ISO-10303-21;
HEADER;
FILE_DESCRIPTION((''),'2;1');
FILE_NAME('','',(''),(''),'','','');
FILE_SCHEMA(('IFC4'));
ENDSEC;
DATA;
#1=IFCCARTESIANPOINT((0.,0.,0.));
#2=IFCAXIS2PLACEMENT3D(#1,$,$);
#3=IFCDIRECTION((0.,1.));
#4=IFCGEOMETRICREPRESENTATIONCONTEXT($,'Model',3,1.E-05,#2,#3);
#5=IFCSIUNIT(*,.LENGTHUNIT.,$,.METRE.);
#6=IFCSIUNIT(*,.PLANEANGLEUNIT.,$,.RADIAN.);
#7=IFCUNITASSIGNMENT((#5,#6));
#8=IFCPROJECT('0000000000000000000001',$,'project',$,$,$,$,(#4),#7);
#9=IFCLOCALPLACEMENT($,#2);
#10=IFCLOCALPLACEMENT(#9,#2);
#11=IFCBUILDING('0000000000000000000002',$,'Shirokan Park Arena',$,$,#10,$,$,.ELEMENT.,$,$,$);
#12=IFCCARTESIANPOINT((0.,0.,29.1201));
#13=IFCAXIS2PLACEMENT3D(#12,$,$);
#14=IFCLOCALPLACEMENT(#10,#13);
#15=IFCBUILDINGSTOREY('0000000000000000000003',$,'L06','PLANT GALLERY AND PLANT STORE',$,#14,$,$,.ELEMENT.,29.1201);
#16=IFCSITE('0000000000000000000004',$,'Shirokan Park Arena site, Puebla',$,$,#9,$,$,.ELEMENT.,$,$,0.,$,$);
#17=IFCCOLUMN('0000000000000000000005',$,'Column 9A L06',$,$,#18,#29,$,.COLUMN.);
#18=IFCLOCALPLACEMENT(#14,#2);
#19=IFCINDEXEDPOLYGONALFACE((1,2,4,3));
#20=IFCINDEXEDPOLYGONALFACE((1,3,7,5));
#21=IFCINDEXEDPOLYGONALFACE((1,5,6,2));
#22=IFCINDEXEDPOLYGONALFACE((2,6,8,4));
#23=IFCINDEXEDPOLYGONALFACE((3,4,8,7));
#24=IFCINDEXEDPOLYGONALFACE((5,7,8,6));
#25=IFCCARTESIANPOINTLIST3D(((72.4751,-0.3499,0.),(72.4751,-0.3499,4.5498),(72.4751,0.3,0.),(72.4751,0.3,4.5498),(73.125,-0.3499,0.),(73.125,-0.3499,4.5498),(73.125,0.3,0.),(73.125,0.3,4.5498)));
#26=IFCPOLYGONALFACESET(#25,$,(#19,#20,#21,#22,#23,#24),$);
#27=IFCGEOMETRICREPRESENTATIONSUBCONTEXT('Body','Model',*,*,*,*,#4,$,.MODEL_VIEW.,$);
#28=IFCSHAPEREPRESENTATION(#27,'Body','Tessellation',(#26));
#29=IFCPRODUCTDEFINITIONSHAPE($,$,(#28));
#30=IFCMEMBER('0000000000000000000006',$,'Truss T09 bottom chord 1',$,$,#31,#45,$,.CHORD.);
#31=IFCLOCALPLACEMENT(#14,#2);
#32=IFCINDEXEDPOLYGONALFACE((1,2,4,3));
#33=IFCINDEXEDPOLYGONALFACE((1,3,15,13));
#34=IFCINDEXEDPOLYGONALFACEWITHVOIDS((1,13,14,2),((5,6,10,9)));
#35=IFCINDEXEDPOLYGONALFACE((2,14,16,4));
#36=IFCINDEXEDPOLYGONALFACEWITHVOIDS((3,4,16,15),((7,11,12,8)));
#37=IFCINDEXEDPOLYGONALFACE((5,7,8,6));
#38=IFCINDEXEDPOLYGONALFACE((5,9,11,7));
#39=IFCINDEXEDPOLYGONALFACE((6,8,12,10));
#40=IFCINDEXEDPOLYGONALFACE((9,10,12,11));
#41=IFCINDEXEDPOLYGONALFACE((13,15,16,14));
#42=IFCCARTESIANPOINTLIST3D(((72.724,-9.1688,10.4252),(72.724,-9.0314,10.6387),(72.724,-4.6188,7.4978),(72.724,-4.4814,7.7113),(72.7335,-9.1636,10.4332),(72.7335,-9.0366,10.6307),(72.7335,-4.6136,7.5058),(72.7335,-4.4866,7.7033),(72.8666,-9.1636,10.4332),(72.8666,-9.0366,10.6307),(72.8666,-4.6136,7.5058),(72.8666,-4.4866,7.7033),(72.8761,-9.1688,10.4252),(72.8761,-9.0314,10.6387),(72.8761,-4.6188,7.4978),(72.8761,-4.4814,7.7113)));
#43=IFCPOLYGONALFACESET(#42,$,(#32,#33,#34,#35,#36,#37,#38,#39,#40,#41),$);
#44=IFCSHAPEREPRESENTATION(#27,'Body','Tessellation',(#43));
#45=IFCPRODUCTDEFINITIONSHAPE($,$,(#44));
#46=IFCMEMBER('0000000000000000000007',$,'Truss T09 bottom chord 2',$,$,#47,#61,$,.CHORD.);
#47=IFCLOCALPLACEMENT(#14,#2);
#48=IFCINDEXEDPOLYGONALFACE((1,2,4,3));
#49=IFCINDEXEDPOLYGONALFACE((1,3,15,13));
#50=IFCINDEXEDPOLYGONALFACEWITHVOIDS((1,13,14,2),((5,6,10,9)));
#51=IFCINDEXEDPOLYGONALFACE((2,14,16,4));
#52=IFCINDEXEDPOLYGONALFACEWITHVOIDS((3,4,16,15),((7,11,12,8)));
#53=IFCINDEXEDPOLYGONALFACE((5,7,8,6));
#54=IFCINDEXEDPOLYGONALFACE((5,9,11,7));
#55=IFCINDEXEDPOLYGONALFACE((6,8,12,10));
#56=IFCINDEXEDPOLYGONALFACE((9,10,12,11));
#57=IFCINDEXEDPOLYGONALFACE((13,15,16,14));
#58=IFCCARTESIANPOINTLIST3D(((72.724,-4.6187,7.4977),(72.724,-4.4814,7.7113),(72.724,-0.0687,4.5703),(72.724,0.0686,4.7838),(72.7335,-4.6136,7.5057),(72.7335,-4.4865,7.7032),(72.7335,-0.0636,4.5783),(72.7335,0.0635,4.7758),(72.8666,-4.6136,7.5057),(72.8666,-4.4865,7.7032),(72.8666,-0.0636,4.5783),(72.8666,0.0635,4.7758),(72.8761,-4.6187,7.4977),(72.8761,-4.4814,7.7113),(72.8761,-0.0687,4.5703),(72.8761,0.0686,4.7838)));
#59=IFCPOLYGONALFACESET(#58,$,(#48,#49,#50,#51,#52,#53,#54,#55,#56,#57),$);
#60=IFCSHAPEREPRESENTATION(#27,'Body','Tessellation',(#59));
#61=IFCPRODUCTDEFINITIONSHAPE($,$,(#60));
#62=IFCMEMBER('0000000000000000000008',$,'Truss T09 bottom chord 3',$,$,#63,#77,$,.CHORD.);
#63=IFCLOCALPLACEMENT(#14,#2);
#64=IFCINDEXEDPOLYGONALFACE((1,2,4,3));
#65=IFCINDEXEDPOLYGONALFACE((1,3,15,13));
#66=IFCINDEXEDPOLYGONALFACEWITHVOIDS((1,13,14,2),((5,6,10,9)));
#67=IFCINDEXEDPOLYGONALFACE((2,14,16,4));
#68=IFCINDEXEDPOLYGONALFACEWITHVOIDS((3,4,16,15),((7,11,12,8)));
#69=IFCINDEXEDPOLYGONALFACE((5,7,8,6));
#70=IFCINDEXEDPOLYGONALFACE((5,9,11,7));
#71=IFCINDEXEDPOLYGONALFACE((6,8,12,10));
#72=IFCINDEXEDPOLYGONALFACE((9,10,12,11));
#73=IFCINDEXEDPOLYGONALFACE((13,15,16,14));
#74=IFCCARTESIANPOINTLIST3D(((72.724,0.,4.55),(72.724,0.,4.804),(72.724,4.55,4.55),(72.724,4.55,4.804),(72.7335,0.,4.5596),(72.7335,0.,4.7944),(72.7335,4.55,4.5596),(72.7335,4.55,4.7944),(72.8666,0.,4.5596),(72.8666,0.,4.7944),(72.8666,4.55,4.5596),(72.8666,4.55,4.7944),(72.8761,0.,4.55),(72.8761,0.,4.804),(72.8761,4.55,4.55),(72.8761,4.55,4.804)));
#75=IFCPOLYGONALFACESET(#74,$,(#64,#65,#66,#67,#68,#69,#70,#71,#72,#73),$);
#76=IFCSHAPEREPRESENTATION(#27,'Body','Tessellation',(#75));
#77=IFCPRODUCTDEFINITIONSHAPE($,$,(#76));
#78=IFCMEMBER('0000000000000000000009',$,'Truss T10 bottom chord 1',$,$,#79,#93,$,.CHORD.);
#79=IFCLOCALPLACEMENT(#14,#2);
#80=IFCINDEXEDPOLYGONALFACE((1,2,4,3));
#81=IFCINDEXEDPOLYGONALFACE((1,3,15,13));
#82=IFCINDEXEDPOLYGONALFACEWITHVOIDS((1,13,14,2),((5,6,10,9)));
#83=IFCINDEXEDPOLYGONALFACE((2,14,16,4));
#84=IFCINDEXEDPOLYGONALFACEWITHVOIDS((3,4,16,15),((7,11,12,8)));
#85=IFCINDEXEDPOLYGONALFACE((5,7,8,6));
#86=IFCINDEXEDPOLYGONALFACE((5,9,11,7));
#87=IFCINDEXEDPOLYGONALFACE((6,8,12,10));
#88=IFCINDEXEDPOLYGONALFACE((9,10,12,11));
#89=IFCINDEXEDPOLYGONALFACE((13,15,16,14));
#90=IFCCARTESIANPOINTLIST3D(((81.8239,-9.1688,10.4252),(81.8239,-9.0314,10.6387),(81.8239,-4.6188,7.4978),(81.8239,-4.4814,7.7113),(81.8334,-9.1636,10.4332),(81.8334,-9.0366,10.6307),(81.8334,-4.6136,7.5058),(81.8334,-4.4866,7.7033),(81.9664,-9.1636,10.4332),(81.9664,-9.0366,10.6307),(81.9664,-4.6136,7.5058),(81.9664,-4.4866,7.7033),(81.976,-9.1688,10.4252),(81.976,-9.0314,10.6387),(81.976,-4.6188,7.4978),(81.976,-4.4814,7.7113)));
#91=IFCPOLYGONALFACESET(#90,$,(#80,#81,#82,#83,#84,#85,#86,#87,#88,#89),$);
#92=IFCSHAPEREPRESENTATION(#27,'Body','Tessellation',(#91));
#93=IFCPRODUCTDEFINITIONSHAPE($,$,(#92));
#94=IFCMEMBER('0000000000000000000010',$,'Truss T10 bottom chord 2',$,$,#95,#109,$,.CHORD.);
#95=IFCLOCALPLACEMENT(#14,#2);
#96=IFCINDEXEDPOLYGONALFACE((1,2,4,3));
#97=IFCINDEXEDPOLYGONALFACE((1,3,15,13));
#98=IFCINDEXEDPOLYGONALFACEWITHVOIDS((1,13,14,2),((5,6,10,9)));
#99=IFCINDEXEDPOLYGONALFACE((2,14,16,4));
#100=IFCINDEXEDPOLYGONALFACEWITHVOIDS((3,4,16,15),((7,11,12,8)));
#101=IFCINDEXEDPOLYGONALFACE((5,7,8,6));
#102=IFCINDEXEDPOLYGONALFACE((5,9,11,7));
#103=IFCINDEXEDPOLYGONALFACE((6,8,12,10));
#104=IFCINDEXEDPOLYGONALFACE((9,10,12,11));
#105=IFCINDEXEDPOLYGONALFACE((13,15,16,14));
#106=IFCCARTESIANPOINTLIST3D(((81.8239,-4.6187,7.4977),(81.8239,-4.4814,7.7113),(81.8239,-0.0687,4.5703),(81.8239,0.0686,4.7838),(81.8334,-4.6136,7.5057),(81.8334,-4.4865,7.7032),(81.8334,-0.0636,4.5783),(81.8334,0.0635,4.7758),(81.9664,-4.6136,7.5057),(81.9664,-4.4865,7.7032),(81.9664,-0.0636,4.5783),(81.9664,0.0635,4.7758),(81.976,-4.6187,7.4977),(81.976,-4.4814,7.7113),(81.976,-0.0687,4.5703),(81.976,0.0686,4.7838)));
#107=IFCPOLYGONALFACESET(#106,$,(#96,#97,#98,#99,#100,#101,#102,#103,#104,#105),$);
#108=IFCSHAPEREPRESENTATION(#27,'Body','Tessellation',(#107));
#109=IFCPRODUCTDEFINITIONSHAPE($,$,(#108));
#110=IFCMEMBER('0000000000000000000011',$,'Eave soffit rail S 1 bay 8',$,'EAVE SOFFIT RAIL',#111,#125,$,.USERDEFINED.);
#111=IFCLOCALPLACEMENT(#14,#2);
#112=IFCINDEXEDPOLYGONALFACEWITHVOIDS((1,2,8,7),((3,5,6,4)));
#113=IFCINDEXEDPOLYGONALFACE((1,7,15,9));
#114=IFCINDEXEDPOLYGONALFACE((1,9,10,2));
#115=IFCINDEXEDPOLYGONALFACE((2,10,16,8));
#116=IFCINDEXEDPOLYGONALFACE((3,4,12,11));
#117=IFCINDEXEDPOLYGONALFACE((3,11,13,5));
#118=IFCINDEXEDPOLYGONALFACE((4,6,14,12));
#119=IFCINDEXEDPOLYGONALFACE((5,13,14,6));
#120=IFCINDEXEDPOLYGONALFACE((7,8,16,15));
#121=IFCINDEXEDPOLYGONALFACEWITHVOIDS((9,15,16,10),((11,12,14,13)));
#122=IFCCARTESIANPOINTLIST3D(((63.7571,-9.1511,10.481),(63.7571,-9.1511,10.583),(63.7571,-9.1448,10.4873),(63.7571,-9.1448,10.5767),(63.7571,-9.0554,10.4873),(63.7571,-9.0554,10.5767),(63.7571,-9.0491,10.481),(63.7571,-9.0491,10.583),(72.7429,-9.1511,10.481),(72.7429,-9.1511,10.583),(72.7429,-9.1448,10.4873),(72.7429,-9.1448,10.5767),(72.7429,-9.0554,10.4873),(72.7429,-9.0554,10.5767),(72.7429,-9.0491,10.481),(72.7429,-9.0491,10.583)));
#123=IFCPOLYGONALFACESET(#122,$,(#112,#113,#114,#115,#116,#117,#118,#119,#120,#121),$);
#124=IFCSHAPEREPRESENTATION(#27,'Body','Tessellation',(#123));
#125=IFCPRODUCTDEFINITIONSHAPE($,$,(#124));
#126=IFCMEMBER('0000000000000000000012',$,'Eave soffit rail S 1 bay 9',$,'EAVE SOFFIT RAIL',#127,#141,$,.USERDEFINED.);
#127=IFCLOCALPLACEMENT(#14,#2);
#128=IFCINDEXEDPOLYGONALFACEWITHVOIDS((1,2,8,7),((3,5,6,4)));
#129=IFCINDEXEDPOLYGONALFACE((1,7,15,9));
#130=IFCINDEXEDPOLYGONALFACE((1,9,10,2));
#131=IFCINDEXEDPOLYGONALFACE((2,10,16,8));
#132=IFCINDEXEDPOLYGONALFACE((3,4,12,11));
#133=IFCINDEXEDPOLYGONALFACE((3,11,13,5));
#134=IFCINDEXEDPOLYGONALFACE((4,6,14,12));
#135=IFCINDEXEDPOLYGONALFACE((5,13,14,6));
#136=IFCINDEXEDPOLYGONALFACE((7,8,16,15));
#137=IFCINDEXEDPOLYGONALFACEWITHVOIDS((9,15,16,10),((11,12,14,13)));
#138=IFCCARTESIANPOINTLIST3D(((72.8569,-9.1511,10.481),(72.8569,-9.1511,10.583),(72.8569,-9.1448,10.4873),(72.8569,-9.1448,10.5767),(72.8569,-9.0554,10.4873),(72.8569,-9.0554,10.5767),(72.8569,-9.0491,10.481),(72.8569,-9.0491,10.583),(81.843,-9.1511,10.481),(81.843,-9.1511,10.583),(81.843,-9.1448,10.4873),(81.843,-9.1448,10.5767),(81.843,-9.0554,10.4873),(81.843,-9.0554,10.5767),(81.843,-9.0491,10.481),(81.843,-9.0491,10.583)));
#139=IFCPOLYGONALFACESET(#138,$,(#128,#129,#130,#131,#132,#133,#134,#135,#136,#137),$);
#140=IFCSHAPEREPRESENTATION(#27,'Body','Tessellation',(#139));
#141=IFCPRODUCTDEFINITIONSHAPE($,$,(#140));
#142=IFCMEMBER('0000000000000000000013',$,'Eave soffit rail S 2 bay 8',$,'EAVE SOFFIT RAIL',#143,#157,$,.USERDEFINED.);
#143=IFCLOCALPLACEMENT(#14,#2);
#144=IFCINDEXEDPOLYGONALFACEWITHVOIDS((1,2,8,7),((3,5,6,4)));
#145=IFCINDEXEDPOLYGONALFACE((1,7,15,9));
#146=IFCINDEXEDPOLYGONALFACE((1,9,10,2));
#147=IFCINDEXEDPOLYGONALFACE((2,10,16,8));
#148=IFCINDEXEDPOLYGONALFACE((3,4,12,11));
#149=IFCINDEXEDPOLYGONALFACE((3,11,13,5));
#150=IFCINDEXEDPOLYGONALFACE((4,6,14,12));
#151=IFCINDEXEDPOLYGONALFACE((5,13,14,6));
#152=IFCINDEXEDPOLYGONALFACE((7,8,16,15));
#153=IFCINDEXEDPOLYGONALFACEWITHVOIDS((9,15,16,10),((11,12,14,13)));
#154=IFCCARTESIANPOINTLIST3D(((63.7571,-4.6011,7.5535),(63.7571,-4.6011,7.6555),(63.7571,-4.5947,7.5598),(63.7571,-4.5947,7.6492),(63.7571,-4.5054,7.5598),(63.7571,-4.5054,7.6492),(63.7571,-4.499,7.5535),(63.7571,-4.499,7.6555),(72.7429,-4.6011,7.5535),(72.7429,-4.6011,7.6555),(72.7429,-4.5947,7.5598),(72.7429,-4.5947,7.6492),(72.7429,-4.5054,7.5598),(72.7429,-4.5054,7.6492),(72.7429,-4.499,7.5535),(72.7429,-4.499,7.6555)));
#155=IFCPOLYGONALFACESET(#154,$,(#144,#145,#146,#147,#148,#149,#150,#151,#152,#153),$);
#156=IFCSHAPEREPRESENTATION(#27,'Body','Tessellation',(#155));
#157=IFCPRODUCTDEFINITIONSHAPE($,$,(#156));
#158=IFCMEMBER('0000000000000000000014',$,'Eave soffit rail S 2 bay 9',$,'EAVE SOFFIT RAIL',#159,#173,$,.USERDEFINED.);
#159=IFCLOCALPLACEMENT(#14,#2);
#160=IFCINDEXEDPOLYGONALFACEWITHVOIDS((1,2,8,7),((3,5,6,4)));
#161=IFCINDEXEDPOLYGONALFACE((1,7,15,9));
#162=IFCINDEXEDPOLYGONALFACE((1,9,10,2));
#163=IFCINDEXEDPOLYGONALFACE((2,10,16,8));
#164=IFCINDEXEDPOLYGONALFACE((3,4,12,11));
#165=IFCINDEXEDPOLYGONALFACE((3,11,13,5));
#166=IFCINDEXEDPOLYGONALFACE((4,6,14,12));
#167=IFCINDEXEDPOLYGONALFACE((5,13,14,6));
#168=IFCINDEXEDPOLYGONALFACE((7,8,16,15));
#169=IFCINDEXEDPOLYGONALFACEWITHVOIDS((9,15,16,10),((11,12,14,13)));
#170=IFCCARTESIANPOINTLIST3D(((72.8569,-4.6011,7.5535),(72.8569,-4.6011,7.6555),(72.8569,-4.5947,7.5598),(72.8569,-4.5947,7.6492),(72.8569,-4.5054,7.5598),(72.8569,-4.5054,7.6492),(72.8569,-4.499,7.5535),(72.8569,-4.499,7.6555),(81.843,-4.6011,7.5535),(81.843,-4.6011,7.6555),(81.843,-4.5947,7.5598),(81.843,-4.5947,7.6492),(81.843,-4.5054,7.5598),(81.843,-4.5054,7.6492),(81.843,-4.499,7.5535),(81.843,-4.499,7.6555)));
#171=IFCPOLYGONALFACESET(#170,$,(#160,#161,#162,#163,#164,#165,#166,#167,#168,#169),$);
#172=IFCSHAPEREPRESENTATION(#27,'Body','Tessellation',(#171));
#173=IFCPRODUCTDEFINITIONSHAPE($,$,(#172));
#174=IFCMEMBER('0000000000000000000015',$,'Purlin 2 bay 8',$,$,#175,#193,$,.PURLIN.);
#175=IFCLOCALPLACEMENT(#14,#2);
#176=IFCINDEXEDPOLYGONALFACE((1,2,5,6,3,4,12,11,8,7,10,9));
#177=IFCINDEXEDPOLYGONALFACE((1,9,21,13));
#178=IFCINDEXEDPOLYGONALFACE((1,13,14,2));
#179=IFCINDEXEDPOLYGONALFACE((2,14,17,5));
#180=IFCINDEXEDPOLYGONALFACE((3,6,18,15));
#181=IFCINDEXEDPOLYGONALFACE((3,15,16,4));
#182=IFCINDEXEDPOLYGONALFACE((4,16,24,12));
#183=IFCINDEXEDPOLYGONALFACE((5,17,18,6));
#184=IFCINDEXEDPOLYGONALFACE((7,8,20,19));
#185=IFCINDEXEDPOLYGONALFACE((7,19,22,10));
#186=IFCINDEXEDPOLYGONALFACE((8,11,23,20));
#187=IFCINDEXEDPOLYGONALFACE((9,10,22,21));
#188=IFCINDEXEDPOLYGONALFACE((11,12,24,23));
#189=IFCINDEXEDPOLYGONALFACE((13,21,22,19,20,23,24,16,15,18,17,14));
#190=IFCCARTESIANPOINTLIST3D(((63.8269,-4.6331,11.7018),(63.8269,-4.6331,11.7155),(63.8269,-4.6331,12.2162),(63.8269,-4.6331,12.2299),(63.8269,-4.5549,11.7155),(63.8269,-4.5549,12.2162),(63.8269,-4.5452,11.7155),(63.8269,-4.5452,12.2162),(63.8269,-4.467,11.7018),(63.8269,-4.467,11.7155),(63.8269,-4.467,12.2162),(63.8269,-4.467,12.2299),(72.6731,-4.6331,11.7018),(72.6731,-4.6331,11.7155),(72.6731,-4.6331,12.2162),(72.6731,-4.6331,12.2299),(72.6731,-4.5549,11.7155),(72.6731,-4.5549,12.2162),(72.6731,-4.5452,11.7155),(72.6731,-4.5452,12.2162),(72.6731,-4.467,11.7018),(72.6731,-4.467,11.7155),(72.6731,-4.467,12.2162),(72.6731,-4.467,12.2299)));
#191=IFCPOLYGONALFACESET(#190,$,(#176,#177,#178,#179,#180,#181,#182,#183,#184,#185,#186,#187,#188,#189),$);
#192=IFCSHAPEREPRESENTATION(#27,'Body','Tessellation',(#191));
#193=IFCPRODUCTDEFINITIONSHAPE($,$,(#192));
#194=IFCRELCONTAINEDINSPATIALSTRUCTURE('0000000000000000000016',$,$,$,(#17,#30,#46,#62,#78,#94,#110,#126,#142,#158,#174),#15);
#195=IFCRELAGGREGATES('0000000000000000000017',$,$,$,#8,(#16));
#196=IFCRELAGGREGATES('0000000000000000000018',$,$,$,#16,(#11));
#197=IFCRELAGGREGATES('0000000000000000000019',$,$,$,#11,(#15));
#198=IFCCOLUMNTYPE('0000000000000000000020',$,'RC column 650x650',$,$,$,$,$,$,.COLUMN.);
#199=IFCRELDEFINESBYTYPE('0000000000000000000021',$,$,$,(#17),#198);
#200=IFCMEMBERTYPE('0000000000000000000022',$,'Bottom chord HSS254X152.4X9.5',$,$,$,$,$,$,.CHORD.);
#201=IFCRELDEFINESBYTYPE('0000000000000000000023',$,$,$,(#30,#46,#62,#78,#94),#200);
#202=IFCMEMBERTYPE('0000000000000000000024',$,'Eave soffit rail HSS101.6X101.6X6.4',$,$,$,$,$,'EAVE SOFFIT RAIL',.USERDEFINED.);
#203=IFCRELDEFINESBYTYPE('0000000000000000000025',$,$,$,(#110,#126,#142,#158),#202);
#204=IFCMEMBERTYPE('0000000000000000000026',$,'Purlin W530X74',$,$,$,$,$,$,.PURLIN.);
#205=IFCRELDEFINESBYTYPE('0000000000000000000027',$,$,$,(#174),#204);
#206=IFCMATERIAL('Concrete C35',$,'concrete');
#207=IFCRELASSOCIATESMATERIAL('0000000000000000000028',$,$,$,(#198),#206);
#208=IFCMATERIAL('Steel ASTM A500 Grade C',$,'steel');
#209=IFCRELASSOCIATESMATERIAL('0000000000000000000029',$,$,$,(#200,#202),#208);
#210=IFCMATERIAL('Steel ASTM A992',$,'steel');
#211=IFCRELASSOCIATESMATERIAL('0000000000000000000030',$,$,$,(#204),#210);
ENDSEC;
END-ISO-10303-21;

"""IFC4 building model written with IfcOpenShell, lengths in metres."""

from ifc_helpers import new_model, si_unit, direction, frame, origin, origin_2d, place, context, subcontext, project, spatial, rectangle, hollow_rectangle, i_section, extrude, material, material_profile, profile_set, type_object, element, save


model = new_model("IFC4")

# Units and contexts
model_context = context("Model", 3, precision=1e-05, world=origin(), true_north=direction((0.0, 1.0)))
body_context = subcontext(model_context, "Body", "Model", "MODEL_VIEW")
ifc_project = project(units=[si_unit("LENGTHUNIT", "METRE"), si_unit("PLANEANGLEUNIT", "RADIAN")], contexts=[model_context])

# Site, building, storey
site_placement = place(None, origin())
site = spatial("IfcSite", under=ifc_project, at=site_placement, Name="Shirokan Park Arena site, Puebla", CompositionType="ELEMENT", RefElevation=0.0)
building_placement = place(site_placement, origin())
building = spatial("IfcBuilding", under=site, at=building_placement, Name="Shirokan Park Arena", CompositionType="ELEMENT")
storey_placement = place(building_placement, frame((0.0, 0.0, 29.1201)))
storey = spatial("IfcBuildingStorey", under=building, at=storey_placement, Name="L06", Description="PLANT GALLERY AND PLANT STORE", CompositionType="ELEMENT", Elevation=29.1201)

# Column
ifc_material_1 = material(Name="Concrete C35", Category="concrete")
ifc_material_profile_1 = material_profile(ifc_material_1, rectangle(XDim=0.6499, YDim=0.6499, at=origin_2d()), Name="650x650")
ifc_profile_set_1 = profile_set([ifc_material_profile_1], Name="Concrete C35")
column_type = type_object("IfcColumnType", Name="RC column 650x650", PredefinedType="COLUMN", material=ifc_profile_set_1)
column_placement = place(storey_placement, frame((72.8, -0.0249, 0.0), z_axis=(0.0, 0.0, 1.0), x_axis=(1.0, 0.0, 0.0)))
element("IfcColumn", 1, at=column_placement, inside=storey, type_object=column_type, Name="Column 9A L06", PredefinedType="COLUMN", context=body_context, shape_type="SweptSolid", body=[
    extrude(rectangle(XDim=0.6499, YDim=0.6499, at=origin_2d()), origin(), (0.0, 0.0, 1.0), 4.5498),
])

# Members
ifc_material_2 = material(Name="Steel ASTM A500 Grade C", Category="steel")
ifc_material_profile_2 = material_profile(ifc_material_2, hollow_rectangle(XDim=0.1521, YDim=0.2539, WallThickness=0.0095, at=origin_2d()), Name="HSS254X152.4X9.5")
ifc_profile_set_2 = profile_set([ifc_material_profile_2], Name="Steel ASTM A500 Grade C")
member_type_1 = type_object("IfcMemberType", Name="Bottom chord HSS254X152.4X9.5", PredefinedType="CHORD", material=ifc_profile_set_2)
for number, where, z_axis, x_axis, name in (
    (2, (72.8, -9.1001, 10.532), (0.0, 0.840972, -0.541079), (-1.0, 0.0, 0.0), "Truss T09 bottom chord 1"),
    (3, (72.8, -4.55, 7.6045), (0.0, 0.840972, -0.541079), (-1.0, 0.0, 0.0), "Truss T09 bottom chord 2"),
):
    element("IfcMember", number, at=place(storey_placement, frame(where, z_axis=z_axis, x_axis=x_axis)), inside=storey, type_object=member_type_1, Name=name, PredefinedType="CHORD", context=body_context, shape_type="SweptSolid", body=[
        extrude(hollow_rectangle(XDim=0.1521, YDim=0.2539, WallThickness=0.0095, at=origin_2d()), origin(), (0.0, 0.0, 1.0), 5.4104),
    ])
member_1_placement = place(storey_placement, frame((72.8, 0.0, 4.677), z_axis=(0.0, 1.0, 0.0), x_axis=(-1.0, 0.0, 0.0)))
element("IfcMember", 4, at=member_1_placement, inside=storey, type_object=member_type_1, Name="Truss T09 bottom chord 3", PredefinedType="CHORD", context=body_context, shape_type="SweptSolid", body=[
    extrude(hollow_rectangle(XDim=0.1521, YDim=0.2539, WallThickness=0.0095, at=origin_2d()), origin(), (0.0, 0.0, 1.0), 4.55),
])
for number, where, z_axis, x_axis, name in (
    (5, (81.8999, -9.1001, 10.532), (0.0, 0.840972, -0.541079), (-1.0, 0.0, 0.0), "Truss T10 bottom chord 1"),
    (6, (81.8999, -4.55, 7.6045), (0.0, 0.840972, -0.541079), (-1.0, 0.0, 0.0), "Truss T10 bottom chord 2"),
):
    element("IfcMember", number, at=place(storey_placement, frame(where, z_axis=z_axis, x_axis=x_axis)), inside=storey, type_object=member_type_1, Name=name, PredefinedType="CHORD", context=body_context, shape_type="SweptSolid", body=[
        extrude(hollow_rectangle(XDim=0.1521, YDim=0.2539, WallThickness=0.0095, at=origin_2d()), origin(), (0.0, 0.0, 1.0), 5.4104),
    ])
ifc_material_profile_3 = material_profile(ifc_material_2, hollow_rectangle(XDim=0.1021, YDim=0.1021, WallThickness=0.0063, at=origin_2d()), Name="HSS101.6X101.6X6.4")
ifc_profile_set_3 = profile_set([ifc_material_profile_3], Name="Steel ASTM A500 Grade C")
member_type_2 = type_object("IfcMemberType", Name="Eave soffit rail HSS101.6X101.6X6.4", ElementType="EAVE SOFFIT RAIL", PredefinedType="USERDEFINED", material=ifc_profile_set_3)
member_2_placement = place(storey_placement, frame((63.7571, -9.1001, 10.532), z_axis=(1.0, 0.0, 0.0), x_axis=(0.0, 1.0, 0.0)))
element("IfcMember", 7, at=member_2_placement, inside=storey, type_object=member_type_2, Name="Eave soffit rail S 1 bay 8", ObjectType="EAVE SOFFIT RAIL", PredefinedType="USERDEFINED", context=body_context, shape_type="SweptSolid", body=[
    extrude(hollow_rectangle(XDim=0.1021, YDim=0.1021, WallThickness=0.0063, at=origin_2d()), origin(), (0.0, 0.0, 1.0), 8.9858),
])
member_3_placement = place(storey_placement, frame((72.8569, -9.1001, 10.532), z_axis=(1.0, 0.0, 0.0), x_axis=(0.0, 1.0, 0.0)))
element("IfcMember", 8, at=member_3_placement, inside=storey, type_object=member_type_2, Name="Eave soffit rail S 1 bay 9", ObjectType="EAVE SOFFIT RAIL", PredefinedType="USERDEFINED", context=body_context, shape_type="SweptSolid", body=[
    extrude(hollow_rectangle(XDim=0.1021, YDim=0.1021, WallThickness=0.0063, at=origin_2d()), origin(), (0.0, 0.0, 1.0), 8.9861),
])
member_4_placement = place(storey_placement, frame((63.7571, -4.55, 7.6045), z_axis=(1.0, 0.0, 0.0), x_axis=(0.0, 1.0, 0.0)))
element("IfcMember", 9, at=member_4_placement, inside=storey, type_object=member_type_2, Name="Eave soffit rail S 2 bay 8", ObjectType="EAVE SOFFIT RAIL", PredefinedType="USERDEFINED", context=body_context, shape_type="SweptSolid", body=[
    extrude(hollow_rectangle(XDim=0.1021, YDim=0.1021, WallThickness=0.0063, at=origin_2d()), origin(), (0.0, 0.0, 1.0), 8.9858),
])
member_5_placement = place(storey_placement, frame((72.8569, -4.55, 7.6045), z_axis=(1.0, 0.0, 0.0), x_axis=(0.0, 1.0, 0.0)))
element("IfcMember", 10, at=member_5_placement, inside=storey, type_object=member_type_2, Name="Eave soffit rail S 2 bay 9", ObjectType="EAVE SOFFIT RAIL", PredefinedType="USERDEFINED", context=body_context, shape_type="SweptSolid", body=[
    extrude(hollow_rectangle(XDim=0.1021, YDim=0.1021, WallThickness=0.0063, at=origin_2d()), origin(), (0.0, 0.0, 1.0), 8.9861),
])
ifc_material_3 = material(Name="Steel ASTM A992", Category="steel")
ifc_material_profile_4 = material_profile(ifc_material_3, i_section(OverallWidth=0.166, OverallDepth=0.5281, WebThickness=0.0098, FlangeThickness=0.0137, at=origin_2d()), Name="W530X74")
ifc_profile_set_4 = profile_set([ifc_material_profile_4], Name="Steel ASTM A992")
member_type_3 = type_object("IfcMemberType", Name="Purlin W530X74", PredefinedType="PURLIN", material=ifc_profile_set_4)
member_6_placement = place(storey_placement, frame((63.8269, -4.55, 11.9658), z_axis=(1.0, 0.0, 0.0), x_axis=(0.0, 1.0, 0.0)))
element("IfcMember", 11, at=member_6_placement, inside=storey, type_object=member_type_3, Name="Purlin 2 bay 8", PredefinedType="PURLIN", context=body_context, shape_type="SweptSolid", body=[
    extrude(i_section(OverallWidth=0.166, OverallDepth=0.5281, WebThickness=0.0098, FlangeThickness=0.0137, at=origin_2d()), origin(), (0.0, 0.0, 1.0), 8.8462),
])

save(model, "model.ifc")
